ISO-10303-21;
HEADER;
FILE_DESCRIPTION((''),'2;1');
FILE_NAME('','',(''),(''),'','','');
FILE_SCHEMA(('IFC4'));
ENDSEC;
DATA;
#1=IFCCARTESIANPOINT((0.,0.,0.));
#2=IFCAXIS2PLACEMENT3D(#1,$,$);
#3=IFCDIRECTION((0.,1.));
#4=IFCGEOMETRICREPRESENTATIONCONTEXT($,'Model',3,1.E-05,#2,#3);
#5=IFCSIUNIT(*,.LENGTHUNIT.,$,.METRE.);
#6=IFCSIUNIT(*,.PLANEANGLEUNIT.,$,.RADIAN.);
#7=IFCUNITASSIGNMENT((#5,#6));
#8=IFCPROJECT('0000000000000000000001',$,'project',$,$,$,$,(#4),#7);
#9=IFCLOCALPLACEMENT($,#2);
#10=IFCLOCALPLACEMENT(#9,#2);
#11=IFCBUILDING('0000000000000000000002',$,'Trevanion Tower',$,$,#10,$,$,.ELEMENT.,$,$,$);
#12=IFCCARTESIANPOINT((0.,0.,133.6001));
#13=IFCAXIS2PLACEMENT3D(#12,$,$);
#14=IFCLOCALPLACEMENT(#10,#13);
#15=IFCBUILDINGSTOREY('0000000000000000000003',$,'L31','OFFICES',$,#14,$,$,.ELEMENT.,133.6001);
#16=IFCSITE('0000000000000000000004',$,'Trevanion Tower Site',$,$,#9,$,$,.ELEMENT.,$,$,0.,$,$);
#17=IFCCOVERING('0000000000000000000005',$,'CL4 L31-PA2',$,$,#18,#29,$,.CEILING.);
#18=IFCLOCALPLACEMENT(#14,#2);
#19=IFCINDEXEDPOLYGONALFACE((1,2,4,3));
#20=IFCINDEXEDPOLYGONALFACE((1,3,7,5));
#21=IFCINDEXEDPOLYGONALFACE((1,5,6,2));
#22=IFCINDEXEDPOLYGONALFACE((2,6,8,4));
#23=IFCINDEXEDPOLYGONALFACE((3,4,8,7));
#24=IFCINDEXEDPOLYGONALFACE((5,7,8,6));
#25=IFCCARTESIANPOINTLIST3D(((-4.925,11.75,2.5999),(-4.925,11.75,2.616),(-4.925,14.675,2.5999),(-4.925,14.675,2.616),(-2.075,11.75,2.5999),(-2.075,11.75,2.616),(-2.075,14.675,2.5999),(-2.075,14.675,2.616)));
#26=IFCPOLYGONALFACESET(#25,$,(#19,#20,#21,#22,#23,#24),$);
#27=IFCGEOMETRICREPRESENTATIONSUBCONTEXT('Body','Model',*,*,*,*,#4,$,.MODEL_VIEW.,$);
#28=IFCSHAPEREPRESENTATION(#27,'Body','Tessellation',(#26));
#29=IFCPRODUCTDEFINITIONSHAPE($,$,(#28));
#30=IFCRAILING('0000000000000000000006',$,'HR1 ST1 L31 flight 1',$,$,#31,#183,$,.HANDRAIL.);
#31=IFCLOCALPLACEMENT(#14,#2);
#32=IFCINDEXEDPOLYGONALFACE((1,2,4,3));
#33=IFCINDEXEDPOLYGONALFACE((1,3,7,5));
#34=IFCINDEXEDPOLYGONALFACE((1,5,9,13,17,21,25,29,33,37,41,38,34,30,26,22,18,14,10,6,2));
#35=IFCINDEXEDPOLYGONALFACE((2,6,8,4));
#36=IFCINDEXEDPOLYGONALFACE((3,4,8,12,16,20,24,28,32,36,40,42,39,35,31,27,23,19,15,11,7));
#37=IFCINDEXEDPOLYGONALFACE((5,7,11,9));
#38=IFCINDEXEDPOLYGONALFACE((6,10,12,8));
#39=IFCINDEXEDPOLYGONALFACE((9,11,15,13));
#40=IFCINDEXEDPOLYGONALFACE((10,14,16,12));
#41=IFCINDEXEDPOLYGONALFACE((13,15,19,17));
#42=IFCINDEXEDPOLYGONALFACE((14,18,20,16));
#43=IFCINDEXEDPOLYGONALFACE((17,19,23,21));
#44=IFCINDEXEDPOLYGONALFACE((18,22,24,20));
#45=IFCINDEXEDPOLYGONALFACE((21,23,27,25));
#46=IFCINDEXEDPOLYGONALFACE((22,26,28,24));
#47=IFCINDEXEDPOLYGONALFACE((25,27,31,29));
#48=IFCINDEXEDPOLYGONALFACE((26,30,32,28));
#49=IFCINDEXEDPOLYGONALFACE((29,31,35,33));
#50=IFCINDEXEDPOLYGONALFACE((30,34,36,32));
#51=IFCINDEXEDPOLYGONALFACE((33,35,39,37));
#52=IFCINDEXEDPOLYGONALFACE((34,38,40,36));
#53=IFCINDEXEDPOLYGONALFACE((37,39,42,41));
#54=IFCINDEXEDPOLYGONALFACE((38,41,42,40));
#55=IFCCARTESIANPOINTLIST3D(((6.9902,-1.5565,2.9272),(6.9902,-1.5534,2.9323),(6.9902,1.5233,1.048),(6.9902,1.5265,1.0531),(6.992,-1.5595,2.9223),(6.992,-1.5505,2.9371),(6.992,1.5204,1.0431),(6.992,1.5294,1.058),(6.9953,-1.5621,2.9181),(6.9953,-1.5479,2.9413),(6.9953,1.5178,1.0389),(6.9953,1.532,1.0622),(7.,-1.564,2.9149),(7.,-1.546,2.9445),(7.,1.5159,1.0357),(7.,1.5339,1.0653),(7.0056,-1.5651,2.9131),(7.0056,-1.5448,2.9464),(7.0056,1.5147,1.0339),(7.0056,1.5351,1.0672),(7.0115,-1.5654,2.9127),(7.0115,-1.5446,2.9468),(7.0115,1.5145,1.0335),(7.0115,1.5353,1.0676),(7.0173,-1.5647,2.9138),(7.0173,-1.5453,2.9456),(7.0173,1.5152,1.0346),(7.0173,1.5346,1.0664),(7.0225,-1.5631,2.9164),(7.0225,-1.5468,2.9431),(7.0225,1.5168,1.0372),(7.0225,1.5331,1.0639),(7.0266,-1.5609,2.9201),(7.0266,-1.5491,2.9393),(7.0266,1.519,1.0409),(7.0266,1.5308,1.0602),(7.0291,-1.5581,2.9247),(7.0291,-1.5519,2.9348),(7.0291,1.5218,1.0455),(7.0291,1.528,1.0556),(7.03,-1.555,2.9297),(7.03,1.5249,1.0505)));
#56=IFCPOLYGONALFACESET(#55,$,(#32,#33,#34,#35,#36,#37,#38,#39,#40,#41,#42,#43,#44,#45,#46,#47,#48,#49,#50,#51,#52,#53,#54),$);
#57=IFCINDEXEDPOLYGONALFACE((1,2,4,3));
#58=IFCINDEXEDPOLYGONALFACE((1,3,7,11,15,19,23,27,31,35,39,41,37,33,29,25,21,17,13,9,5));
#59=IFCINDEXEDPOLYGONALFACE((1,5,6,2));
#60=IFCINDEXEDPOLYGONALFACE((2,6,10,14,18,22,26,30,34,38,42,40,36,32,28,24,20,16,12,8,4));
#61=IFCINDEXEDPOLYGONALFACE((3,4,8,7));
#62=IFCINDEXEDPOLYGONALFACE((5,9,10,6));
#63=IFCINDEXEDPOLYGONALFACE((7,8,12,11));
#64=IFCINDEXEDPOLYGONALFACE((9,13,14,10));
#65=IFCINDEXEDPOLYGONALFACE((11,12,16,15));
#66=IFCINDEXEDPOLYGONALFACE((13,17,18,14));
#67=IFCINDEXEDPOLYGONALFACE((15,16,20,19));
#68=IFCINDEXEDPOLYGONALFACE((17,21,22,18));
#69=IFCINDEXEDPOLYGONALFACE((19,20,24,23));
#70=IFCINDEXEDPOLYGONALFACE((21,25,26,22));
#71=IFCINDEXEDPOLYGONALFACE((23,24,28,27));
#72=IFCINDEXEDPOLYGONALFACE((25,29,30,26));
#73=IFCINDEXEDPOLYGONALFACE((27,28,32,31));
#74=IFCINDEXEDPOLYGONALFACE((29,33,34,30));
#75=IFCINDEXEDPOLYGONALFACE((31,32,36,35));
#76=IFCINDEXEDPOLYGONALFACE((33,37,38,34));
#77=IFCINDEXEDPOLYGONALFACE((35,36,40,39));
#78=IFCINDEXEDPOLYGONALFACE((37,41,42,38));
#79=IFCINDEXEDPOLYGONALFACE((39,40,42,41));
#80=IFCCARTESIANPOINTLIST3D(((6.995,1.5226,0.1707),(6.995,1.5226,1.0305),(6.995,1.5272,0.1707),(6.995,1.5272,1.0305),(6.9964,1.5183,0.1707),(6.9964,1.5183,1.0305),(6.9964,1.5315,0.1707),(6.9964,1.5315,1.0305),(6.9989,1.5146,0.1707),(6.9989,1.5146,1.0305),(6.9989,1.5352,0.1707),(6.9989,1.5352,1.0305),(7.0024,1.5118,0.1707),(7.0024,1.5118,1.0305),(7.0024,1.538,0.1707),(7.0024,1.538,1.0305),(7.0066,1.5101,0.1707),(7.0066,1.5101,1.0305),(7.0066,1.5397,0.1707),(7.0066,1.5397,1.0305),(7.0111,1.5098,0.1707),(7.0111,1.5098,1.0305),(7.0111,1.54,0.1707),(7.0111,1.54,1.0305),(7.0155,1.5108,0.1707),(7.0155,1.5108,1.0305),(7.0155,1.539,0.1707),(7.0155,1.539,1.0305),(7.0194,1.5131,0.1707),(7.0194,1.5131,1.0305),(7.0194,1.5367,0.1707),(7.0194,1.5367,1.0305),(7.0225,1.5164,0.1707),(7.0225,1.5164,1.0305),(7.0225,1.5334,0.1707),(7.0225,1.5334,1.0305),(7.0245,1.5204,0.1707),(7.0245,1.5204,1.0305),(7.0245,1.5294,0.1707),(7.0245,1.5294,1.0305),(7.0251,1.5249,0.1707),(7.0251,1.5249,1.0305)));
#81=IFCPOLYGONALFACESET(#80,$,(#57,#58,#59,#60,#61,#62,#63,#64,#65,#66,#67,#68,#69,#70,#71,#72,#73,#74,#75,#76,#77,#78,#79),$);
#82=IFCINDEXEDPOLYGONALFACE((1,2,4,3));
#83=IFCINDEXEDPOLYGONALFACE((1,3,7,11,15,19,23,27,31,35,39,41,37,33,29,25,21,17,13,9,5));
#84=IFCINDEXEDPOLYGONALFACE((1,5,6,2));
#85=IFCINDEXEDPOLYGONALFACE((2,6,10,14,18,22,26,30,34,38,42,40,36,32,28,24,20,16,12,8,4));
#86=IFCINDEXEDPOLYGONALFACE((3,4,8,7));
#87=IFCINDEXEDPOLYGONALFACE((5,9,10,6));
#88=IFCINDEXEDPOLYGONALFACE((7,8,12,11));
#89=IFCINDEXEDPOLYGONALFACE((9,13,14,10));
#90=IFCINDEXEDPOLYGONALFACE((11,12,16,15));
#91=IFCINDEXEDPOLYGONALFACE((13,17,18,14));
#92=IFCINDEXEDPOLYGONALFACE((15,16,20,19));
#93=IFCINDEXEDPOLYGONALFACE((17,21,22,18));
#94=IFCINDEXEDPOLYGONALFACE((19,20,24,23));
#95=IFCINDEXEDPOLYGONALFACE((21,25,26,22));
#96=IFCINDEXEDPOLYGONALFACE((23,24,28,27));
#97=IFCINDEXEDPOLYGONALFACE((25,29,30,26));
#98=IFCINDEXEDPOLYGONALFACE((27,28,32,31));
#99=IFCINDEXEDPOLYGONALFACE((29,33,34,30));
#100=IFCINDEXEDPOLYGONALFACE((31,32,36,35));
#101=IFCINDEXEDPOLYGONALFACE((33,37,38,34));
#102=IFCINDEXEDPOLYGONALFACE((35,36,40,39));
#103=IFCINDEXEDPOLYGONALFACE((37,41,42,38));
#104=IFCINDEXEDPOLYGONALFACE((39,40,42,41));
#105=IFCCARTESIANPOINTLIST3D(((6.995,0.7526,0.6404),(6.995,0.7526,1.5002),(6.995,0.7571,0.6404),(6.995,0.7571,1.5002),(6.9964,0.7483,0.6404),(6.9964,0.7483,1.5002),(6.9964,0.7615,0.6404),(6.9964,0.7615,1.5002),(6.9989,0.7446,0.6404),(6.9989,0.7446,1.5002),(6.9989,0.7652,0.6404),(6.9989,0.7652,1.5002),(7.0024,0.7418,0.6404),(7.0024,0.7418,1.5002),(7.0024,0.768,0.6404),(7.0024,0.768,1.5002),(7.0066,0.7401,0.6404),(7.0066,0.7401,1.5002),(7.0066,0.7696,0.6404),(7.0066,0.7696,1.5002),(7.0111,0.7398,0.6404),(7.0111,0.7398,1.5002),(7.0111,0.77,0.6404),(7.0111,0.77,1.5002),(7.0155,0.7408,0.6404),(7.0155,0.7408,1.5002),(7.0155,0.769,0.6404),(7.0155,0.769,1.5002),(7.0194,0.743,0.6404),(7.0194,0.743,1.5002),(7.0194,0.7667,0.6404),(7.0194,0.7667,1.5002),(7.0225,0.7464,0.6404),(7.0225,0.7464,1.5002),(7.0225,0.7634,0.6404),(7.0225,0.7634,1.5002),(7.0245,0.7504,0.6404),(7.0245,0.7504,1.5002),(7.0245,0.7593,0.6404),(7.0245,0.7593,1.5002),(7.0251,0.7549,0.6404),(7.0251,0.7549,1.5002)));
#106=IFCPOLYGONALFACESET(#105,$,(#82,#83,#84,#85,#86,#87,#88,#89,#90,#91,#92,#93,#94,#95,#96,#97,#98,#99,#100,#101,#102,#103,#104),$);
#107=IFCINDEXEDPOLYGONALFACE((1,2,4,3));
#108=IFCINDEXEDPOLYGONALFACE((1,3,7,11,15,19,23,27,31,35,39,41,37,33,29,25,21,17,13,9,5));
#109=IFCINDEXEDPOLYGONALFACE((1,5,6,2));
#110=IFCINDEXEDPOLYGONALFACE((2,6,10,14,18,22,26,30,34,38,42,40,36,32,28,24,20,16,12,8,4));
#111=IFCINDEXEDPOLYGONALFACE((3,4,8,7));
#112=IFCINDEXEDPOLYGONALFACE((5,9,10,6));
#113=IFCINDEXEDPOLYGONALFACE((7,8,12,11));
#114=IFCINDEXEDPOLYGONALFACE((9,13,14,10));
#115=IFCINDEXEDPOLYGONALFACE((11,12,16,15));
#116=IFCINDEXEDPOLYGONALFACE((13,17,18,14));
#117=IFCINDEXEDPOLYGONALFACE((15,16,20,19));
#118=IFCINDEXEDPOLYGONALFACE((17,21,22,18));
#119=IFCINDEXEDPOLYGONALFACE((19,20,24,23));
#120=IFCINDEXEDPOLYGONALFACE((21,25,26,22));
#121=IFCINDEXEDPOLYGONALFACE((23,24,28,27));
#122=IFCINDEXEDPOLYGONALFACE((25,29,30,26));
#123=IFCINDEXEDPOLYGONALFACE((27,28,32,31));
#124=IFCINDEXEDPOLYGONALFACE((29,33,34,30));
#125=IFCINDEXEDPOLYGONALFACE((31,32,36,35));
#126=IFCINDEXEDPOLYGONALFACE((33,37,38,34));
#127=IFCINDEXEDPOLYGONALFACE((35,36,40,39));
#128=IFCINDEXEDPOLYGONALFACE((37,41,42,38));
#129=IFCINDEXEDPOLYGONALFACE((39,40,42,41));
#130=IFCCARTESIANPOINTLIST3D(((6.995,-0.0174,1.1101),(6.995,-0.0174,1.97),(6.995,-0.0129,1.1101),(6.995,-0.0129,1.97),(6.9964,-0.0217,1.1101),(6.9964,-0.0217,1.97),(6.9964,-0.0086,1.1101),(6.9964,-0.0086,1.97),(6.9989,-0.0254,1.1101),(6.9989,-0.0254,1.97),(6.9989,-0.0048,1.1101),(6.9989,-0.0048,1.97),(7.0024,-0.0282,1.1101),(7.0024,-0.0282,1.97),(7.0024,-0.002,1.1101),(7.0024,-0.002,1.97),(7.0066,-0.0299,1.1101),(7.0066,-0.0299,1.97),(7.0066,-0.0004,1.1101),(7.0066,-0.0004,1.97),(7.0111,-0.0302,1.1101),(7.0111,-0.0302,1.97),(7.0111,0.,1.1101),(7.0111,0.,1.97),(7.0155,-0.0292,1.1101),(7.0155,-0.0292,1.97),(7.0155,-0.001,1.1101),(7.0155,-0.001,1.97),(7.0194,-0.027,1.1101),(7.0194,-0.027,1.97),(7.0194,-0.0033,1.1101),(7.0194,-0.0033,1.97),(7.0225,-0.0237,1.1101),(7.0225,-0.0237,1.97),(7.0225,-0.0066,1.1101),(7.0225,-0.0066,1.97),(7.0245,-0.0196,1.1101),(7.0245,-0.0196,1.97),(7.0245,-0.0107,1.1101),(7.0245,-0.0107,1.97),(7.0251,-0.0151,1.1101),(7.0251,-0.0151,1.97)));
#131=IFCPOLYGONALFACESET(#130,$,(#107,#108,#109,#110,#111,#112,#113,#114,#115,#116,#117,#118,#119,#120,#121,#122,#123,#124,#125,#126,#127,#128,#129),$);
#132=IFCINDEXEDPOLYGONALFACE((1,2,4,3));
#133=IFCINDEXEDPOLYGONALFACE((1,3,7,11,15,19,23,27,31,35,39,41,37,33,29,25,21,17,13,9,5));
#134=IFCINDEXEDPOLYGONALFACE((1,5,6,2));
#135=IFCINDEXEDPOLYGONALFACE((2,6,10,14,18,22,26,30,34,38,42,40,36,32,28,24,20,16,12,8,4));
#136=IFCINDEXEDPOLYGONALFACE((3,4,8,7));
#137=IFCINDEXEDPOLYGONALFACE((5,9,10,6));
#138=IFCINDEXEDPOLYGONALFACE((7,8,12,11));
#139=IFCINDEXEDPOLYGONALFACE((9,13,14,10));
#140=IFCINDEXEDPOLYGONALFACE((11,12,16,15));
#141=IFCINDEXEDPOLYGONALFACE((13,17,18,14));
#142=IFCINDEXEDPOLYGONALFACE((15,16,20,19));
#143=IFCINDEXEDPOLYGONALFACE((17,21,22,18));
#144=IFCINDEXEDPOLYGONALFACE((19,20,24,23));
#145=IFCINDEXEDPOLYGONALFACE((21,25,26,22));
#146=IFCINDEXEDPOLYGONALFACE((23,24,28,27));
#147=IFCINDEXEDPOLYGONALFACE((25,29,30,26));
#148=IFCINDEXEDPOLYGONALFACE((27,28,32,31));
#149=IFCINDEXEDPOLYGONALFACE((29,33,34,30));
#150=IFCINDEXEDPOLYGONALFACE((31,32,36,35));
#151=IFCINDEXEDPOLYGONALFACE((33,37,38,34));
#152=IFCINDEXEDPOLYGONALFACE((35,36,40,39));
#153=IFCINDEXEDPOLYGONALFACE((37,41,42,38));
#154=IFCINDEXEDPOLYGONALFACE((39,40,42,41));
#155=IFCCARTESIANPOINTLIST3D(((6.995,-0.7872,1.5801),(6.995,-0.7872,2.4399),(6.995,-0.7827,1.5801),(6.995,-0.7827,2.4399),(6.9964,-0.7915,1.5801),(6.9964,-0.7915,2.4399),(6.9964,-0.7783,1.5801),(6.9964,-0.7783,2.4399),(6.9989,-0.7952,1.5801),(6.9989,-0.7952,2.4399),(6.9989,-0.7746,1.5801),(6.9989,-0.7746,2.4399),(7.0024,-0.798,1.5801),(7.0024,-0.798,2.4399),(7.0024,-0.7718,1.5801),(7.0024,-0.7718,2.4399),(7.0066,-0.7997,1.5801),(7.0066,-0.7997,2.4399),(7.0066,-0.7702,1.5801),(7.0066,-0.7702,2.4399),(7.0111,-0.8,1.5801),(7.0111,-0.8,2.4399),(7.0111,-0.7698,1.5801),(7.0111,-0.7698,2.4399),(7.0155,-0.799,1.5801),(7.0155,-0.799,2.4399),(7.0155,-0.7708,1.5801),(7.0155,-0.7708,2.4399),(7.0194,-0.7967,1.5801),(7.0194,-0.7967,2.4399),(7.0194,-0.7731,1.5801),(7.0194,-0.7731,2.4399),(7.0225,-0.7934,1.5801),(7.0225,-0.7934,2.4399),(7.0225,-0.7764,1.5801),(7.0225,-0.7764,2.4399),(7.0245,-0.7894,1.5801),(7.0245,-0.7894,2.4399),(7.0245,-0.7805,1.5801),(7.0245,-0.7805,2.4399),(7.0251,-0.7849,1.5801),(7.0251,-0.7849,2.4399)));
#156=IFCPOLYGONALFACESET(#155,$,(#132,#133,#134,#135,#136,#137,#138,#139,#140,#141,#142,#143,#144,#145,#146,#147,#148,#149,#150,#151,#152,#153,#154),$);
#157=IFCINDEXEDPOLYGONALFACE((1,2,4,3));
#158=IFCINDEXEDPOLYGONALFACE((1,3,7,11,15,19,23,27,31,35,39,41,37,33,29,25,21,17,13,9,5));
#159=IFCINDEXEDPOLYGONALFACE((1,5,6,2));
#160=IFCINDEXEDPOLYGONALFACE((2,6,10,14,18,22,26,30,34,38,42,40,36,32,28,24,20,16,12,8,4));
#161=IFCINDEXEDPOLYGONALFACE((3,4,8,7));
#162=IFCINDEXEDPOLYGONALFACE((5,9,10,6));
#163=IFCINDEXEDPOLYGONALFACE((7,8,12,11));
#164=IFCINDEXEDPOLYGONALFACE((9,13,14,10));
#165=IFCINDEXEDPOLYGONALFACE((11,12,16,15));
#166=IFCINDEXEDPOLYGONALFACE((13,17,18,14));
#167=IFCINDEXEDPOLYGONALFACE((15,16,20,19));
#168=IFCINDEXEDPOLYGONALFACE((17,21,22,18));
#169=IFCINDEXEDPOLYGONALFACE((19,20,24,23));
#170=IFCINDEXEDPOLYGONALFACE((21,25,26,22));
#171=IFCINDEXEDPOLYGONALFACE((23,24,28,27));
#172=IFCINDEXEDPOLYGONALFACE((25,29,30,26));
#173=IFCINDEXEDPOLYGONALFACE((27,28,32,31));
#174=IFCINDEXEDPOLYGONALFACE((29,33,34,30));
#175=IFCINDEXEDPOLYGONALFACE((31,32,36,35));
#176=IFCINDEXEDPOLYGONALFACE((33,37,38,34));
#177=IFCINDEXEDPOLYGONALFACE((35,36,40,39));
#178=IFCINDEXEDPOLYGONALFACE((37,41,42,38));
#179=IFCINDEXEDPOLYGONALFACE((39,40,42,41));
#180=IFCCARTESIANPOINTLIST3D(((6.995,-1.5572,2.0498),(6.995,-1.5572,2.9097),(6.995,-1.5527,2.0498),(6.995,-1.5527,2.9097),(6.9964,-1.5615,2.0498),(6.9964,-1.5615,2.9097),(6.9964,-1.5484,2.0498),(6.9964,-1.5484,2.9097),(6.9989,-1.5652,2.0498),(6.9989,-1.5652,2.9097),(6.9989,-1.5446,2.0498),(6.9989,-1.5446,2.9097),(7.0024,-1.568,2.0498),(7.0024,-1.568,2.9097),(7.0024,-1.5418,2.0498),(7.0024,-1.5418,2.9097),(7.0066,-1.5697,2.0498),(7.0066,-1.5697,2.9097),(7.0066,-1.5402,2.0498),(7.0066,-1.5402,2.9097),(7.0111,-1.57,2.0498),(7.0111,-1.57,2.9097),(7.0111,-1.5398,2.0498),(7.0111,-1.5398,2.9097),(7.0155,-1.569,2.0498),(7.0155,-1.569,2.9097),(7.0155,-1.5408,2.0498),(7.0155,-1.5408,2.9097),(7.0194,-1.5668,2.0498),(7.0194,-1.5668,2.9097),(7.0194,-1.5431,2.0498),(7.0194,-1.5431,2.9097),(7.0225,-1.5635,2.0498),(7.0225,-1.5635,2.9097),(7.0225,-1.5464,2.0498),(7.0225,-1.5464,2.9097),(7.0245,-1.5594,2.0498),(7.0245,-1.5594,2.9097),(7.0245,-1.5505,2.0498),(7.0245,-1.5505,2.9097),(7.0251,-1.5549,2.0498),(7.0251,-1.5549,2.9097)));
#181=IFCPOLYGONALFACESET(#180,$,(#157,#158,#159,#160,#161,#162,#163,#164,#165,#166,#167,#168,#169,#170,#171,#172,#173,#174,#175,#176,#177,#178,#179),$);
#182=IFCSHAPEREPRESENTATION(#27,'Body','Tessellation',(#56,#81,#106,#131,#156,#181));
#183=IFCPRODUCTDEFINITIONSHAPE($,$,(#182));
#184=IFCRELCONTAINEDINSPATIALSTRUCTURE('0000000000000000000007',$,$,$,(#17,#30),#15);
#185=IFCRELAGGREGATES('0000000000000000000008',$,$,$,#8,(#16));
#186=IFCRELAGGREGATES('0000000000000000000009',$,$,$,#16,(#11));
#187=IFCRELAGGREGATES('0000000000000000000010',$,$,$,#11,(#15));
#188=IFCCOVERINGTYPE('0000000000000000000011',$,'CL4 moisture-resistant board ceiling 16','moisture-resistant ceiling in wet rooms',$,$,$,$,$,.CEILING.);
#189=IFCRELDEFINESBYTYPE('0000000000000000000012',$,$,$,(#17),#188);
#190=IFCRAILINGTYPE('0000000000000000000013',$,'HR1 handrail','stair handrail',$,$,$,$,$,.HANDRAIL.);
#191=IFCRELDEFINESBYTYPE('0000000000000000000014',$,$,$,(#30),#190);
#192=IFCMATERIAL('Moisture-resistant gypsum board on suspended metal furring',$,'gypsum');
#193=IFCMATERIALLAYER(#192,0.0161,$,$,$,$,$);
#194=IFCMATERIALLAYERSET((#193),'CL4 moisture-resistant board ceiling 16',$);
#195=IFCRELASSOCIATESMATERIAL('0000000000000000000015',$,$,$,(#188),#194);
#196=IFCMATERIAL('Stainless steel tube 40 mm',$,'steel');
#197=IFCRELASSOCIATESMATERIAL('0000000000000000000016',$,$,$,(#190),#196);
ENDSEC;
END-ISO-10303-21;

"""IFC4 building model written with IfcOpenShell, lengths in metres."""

from ifc_helpers import new_model, si_unit, direction, frame, origin, origin_2d, place, context, subcontext, project, spatial, polyline, circle, outline, extrude, material, layer, layer_set, type_object, element, save


model = new_model("IFC4")

# Units and contexts
model_context = context("Model", 3, precision=1e-05, world=origin(), true_north=direction((0.0, 1.0)))
body_context = subcontext(model_context, "Body", "Model", "MODEL_VIEW")
ifc_project = project(units=[si_unit("LENGTHUNIT", "METRE"), si_unit("PLANEANGLEUNIT", "RADIAN")], contexts=[model_context])

# Site, building, storey
site_placement = place(None, origin())
site = spatial("IfcSite", under=ifc_project, at=site_placement, Name="Trevanion Tower Site", CompositionType="ELEMENT", RefElevation=0.0)
building_placement = place(site_placement, origin())
building = spatial("IfcBuilding", under=site, at=building_placement, Name="Trevanion Tower", CompositionType="ELEMENT")
storey_placement = place(building_placement, frame((0.0, 0.0, 133.6001)))
storey = spatial("IfcBuildingStorey", under=building, at=storey_placement, Name="L31", Description="OFFICES", CompositionType="ELEMENT", Elevation=133.6001)

# Covering
ifc_material_1 = material(Name="Moisture-resistant gypsum board on suspended metal furring", Category="gypsum")
ifc_layer_1 = layer(ifc_material_1, 0.0161)
ifc_layer_set_1 = layer_set([ifc_layer_1], Name="CL4 moisture-resistant board ceiling 16")
covering_type_1 = type_object("IfcCoveringType", Name="CL4 moisture-resistant board ceiling 16", Description="moisture-resistant ceiling in wet rooms", PredefinedType="CEILING", material=ifc_layer_set_1)
covering_1_placement = place(storey_placement, frame((0.0, 0.0, 2.5999)))
element("IfcCovering", 1, at=covering_1_placement, inside=storey, type_object=covering_type_1, Name="CL4 L31-PA2", PredefinedType="CEILING", context=body_context, shape_type="SweptSolid", body=[
    extrude(outline(polyline([(-4.925, 14.675), (-2.075, 14.675), (-2.075, 11.75), (-4.925, 11.75), (-4.925, 14.675)])), origin(), (0.0, 0.0, 1.0), 0.0161),
])

# Railing
ifc_material_2 = material(Name="Stainless steel tube 40 mm", Category="steel")
railing_type = type_object("IfcRailingType", Name="HR1 handrail", Description="stair handrail", PredefinedType="HANDRAIL", material=ifc_material_2)
for number, where, name in (
    (2, (7.01, 1.5249, 0.1707), "HR1 ST1 L31 flight 1"),
):
    element("IfcRailing", number, at=place(storey_placement, frame(where)), inside=storey, type_object=railing_type, Name=name, PredefinedType="HANDRAIL", context=body_context, shape_type="SweptSolid", body=[
        extrude(circle(Radius=0.02, at=origin_2d()), frame((0.0, 0.0, 0.8799), z_axis=(0.0, -0.853648, 0.52085), x_axis=(1.0, 0.0, 0.0)), (0.0, 0.0, 1.0), 3.6079),
        extrude(circle(Radius=0.0151, at=origin_2d()), origin(), (0.0, 0.0, 1.0), 0.8599),
        extrude(circle(Radius=0.0151, at=origin_2d()), frame((0.0, -0.77, 0.4697)), (0.0, 0.0, 1.0), 0.8599),
        extrude(circle(Radius=0.0151, at=origin_2d()), frame((0.0, -1.54, 0.9395)), (0.0, 0.0, 1.0), 0.8599),
        extrude(circle(Radius=0.0151, at=origin_2d()), frame((0.0, -2.3098, 1.4094)), (0.0, 0.0, 1.0), 0.8599),
        extrude(circle(Radius=0.0151, at=origin_2d()), frame((0.0, -3.0798, 1.8792)), (0.0, 0.0, 1.0), 0.8599),
    ])

save(model, "model.ifc")
